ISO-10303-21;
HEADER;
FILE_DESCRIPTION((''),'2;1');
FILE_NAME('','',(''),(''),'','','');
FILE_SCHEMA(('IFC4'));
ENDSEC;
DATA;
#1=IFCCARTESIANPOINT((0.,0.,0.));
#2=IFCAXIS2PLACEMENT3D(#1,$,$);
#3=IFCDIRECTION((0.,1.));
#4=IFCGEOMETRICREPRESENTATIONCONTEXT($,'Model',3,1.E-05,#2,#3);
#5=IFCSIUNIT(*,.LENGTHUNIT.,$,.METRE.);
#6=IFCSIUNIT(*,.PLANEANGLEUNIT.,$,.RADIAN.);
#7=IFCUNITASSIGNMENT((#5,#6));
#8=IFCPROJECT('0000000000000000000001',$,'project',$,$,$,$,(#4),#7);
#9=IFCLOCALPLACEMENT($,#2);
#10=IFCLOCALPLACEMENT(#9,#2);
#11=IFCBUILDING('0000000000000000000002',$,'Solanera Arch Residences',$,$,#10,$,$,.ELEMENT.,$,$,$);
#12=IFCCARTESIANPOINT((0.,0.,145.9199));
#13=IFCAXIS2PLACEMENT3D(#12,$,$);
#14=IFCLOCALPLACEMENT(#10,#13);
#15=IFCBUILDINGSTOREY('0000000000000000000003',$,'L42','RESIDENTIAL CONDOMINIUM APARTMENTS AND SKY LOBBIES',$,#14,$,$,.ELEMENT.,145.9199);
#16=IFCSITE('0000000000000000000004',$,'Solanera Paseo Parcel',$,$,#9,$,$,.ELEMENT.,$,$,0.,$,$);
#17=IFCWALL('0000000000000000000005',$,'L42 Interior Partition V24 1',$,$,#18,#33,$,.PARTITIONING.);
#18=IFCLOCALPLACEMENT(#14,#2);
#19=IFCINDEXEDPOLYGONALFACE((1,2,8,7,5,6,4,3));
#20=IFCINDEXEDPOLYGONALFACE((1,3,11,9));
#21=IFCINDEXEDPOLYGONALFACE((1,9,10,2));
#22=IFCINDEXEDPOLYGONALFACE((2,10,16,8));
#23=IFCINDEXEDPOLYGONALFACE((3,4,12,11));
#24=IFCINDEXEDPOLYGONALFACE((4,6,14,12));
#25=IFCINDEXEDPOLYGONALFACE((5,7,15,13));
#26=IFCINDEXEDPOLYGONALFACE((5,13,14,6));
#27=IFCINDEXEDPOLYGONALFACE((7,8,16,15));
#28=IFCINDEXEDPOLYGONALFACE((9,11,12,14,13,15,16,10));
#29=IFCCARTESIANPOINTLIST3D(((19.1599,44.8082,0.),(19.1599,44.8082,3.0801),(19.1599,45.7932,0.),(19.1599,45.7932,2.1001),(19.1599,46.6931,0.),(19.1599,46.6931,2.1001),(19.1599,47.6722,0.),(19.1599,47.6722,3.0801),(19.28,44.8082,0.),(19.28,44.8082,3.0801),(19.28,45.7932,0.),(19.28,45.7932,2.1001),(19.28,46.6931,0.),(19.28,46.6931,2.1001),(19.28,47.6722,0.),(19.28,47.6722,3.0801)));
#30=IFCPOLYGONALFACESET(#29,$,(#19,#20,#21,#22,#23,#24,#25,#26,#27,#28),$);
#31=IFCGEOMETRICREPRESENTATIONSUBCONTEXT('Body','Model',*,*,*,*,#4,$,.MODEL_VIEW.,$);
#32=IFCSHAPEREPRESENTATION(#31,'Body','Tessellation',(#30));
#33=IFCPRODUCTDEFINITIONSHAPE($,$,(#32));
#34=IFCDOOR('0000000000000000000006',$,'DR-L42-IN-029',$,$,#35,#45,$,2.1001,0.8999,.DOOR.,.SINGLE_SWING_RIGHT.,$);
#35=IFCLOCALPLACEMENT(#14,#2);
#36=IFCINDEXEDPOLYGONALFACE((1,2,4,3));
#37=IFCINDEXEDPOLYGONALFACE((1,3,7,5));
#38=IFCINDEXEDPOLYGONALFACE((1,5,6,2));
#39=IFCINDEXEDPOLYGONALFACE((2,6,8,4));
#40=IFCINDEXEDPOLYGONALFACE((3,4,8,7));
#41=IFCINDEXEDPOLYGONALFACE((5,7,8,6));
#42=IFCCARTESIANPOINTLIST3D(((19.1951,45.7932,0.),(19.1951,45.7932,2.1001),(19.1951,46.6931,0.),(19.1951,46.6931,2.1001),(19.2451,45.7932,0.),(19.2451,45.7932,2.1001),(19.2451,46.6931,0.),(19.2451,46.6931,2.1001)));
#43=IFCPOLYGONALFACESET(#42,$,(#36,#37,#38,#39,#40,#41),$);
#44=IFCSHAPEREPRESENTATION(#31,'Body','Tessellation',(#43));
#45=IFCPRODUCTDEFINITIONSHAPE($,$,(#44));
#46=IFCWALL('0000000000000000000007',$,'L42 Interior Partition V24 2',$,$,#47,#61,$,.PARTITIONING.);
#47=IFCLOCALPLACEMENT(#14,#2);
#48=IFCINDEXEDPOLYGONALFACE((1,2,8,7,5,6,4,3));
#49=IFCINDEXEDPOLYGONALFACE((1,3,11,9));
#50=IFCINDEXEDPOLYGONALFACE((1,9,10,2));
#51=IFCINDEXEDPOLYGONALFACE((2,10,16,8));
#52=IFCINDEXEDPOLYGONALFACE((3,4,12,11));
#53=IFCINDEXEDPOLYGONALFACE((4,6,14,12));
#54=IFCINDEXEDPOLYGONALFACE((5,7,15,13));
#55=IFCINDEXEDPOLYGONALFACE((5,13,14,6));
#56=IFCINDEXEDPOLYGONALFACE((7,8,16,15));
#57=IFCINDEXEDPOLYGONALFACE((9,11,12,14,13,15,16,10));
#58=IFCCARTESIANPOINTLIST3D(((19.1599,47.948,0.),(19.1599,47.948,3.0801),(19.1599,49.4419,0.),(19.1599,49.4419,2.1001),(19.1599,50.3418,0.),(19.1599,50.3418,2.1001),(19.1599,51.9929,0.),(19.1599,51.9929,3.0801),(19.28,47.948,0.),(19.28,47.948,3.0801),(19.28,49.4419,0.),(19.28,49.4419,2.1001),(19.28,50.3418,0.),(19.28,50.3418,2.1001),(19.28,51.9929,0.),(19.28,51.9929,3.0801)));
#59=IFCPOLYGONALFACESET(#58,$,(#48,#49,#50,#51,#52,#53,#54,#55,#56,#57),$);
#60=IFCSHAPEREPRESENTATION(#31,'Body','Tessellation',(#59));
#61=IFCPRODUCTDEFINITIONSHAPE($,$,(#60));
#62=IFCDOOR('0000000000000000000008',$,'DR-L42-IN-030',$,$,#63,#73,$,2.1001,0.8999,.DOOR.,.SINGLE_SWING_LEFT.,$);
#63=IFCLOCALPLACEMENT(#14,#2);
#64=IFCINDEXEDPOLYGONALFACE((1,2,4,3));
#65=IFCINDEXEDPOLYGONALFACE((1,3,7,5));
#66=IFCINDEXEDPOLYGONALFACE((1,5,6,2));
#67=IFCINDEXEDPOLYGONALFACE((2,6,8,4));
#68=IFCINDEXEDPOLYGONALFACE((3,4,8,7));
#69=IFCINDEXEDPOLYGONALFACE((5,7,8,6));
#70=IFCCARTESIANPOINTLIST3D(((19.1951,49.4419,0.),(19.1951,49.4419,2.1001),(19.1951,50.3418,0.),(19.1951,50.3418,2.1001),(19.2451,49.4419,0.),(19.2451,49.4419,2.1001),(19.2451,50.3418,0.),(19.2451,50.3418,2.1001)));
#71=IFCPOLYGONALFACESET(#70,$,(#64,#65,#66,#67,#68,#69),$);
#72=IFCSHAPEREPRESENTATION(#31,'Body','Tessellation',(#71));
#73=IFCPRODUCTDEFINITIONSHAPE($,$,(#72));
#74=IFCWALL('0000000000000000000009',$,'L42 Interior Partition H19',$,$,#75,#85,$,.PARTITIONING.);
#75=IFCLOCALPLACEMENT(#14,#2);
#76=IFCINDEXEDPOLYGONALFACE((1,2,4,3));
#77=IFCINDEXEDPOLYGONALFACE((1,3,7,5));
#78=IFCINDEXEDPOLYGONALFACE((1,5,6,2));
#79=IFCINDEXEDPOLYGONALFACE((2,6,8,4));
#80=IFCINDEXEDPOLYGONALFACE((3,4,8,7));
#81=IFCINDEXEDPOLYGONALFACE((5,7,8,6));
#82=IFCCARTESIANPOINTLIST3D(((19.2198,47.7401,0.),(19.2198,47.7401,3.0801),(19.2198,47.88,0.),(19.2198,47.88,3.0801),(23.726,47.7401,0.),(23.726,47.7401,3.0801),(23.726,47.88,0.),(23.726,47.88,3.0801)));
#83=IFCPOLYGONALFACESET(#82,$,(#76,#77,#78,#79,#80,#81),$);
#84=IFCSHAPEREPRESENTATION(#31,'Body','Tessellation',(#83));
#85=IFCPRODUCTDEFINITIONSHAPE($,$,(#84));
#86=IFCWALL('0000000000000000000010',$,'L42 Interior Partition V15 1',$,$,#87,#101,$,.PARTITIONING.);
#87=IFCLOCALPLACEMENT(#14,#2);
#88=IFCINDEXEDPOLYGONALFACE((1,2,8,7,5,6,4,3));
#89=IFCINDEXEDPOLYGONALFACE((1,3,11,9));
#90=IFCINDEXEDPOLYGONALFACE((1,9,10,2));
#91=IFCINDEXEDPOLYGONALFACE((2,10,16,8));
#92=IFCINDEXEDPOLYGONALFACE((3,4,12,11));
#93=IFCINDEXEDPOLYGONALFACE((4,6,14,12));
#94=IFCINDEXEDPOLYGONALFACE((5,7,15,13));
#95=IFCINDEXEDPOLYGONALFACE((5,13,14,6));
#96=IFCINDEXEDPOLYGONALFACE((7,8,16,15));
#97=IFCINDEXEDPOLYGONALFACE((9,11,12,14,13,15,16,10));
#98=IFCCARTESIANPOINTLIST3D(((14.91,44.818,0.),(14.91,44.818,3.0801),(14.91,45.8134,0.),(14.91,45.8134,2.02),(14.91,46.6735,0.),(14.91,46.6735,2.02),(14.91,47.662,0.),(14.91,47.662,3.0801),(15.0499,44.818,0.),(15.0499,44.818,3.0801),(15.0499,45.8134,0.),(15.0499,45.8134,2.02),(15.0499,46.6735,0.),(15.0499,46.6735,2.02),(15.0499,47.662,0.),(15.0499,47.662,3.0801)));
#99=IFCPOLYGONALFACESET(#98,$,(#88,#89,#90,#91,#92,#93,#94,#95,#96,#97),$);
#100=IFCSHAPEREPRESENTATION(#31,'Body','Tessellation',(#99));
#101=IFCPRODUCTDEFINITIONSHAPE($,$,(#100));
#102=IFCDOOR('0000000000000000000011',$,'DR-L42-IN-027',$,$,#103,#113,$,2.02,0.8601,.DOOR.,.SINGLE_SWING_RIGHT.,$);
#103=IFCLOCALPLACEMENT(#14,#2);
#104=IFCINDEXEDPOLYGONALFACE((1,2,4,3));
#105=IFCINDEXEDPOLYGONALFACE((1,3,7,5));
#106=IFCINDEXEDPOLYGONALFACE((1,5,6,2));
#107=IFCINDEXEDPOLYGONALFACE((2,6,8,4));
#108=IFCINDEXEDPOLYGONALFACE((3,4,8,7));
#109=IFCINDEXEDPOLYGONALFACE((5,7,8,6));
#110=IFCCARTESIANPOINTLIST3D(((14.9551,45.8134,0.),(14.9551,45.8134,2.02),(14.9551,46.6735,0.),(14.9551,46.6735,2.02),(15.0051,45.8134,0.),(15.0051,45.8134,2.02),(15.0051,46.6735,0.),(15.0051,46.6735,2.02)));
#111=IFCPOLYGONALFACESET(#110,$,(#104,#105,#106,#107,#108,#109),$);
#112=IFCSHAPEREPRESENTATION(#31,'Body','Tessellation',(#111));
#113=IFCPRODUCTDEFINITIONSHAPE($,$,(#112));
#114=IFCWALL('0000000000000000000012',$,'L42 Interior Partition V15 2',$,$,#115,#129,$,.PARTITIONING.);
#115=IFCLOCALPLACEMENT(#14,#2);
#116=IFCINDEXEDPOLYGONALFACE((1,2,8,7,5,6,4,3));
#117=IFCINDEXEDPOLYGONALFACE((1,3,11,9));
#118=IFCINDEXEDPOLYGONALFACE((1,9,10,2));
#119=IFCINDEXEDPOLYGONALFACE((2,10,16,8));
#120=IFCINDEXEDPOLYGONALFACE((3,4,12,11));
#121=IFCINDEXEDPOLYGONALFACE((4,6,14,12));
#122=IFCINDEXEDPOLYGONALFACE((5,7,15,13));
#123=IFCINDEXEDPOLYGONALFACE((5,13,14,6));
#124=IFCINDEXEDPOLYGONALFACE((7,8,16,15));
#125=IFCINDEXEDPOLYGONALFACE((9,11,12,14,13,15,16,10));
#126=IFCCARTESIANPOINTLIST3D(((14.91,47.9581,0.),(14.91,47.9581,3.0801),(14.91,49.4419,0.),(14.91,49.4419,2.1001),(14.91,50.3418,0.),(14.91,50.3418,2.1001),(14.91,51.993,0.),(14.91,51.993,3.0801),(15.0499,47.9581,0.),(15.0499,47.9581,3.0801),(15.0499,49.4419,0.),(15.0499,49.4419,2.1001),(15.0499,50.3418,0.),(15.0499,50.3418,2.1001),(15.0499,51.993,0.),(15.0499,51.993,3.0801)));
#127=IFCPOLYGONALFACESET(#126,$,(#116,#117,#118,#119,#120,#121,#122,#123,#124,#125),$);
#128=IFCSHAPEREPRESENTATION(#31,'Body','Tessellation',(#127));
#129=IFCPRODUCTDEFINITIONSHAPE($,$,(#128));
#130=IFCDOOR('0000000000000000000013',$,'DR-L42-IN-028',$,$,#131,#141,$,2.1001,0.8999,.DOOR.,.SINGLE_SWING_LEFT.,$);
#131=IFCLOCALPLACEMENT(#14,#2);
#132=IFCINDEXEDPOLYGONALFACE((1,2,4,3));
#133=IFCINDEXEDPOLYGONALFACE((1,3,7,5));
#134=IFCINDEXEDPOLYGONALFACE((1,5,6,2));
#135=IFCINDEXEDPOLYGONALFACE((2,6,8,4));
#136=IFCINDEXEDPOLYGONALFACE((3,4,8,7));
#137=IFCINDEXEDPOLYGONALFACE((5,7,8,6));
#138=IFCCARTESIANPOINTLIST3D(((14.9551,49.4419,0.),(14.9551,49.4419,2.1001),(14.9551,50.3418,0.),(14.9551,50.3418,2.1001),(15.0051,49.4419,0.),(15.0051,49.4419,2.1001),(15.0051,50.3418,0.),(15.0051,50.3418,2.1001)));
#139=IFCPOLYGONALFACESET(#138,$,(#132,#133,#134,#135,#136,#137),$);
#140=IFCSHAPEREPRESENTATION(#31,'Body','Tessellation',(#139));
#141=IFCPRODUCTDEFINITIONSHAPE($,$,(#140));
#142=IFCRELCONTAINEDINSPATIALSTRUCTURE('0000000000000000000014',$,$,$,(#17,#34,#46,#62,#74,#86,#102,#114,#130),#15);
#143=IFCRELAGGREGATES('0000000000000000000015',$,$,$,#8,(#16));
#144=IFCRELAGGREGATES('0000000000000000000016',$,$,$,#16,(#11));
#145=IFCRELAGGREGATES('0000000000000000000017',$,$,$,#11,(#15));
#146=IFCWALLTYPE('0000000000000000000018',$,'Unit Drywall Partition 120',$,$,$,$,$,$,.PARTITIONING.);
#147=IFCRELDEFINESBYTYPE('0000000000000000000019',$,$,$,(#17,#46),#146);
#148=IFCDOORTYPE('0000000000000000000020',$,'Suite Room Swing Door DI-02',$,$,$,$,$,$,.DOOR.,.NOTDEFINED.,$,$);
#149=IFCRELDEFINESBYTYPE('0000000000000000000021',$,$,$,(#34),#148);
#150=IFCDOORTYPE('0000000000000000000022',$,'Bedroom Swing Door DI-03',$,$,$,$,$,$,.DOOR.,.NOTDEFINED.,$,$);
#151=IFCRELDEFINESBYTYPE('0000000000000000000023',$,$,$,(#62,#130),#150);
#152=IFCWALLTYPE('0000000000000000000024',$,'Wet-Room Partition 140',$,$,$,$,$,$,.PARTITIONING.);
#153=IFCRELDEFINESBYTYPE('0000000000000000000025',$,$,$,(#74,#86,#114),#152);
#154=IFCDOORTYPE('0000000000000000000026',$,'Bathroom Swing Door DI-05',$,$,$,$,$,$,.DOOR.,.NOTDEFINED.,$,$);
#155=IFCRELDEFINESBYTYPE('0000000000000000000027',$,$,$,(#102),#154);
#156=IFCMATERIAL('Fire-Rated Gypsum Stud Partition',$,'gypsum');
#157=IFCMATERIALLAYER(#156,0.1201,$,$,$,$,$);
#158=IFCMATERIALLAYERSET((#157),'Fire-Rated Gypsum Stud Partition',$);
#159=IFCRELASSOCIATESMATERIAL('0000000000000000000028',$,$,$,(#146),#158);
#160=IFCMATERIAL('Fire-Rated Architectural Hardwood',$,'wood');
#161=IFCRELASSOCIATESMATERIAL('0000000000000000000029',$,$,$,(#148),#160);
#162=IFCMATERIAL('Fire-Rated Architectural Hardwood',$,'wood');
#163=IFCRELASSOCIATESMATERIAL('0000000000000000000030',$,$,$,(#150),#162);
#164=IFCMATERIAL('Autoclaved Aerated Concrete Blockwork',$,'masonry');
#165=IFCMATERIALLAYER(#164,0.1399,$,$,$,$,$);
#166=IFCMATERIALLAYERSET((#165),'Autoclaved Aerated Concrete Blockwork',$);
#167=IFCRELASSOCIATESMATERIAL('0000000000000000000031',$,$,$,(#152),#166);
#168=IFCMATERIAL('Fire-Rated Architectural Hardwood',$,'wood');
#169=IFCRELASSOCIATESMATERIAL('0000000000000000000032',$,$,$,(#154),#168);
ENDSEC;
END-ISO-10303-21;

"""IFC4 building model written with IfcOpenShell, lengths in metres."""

from ifc_helpers import new_model, si_unit, direction, frame, frame_2d, origin, place, context, subcontext, project, spatial, rectangle, extrude, material, layer, layer_set, type_object, element, fill, save


model = new_model("IFC4")

# Units and contexts
model_context = context("Model", 3, precision=1e-05, world=origin(), true_north=direction((0.0, 1.0)))
body_context = subcontext(model_context, "Body", "Model", "MODEL_VIEW")
ifc_project = project(units=[si_unit("LENGTHUNIT", "METRE"), si_unit("PLANEANGLEUNIT", "RADIAN")], contexts=[model_context])

# Site, building, storey
site_placement = place(None, origin())
site = spatial("IfcSite", under=ifc_project, at=site_placement, Name="Solanera Paseo Parcel", CompositionType="ELEMENT", RefElevation=0.0)
building_placement = place(site_placement, origin())
building = spatial("IfcBuilding", under=site, at=building_placement, Name="Solanera Arch Residences", CompositionType="ELEMENT")
storey_placement = place(building_placement, frame((0.0, 0.0, 145.9199)))
storey = spatial("IfcBuildingStorey", under=building, at=storey_placement, Name="L42", Description="RESIDENTIAL CONDOMINIUM APARTMENTS AND SKY LOBBIES", CompositionType="ELEMENT", Elevation=145.9199)

# Walls, openings, doors
ifc_material_1 = material(Name="Fire-Rated Gypsum Stud Partition", Category="gypsum")
ifc_layer_1 = layer(ifc_material_1, 0.1201)
ifc_layer_set_1 = layer_set([ifc_layer_1], Name="Fire-Rated Gypsum Stud Partition")
wall_type_1 = type_object("IfcWallType", Name="Unit Drywall Partition 120", PredefinedType="PARTITIONING", material=ifc_layer_set_1)
wall_1_placement = place(storey_placement, frame((19.22, 44.8081, 0.0), z_axis=(0.0, 0.0, 1.0), x_axis=(0.0, 1.0, 0.0)))
wall_1 = element("IfcWall", 1, at=wall_1_placement, inside=storey, type_object=wall_type_1, Name="L42 Interior Partition V24 1", PredefinedType="PARTITIONING", context=body_context, shape_type="SweptSolid", body=[
    extrude(rectangle(XDim=2.864, YDim=0.1201, at=frame_2d((1.4321, 0.0))), origin(), (0.0, 0.0, 1.0), 3.0801),
])
opening_1_placement = place(wall_1_placement, frame((0.9851, 0.0, 0.0)))
opening_1 = element("IfcOpeningElement", 2, at=opening_1_placement, cuts=wall_1, PredefinedType="OPENING", context=body_context, shape_type="SweptSolid", body=[
    extrude(rectangle(XDim=0.8999, YDim=2.1001, at=frame_2d((0.45, 1.05))), frame((0.0, 0.0701, 0.0), z_axis=(0.0, -1.0, 0.0), x_axis=(1.0, 0.0, 0.0)), (0.0, 0.0, 1.0), 0.1401),
])
ifc_material_2 = material(Name="Fire-Rated Architectural Hardwood", Category="wood")
door_type_1 = type_object("IfcDoorType", Name="Suite Room Swing Door DI-02", OperationType="NOTDEFINED", PredefinedType="DOOR", material=ifc_material_2)
door_1_placement = place(opening_1_placement, origin())
door_1 = element("IfcDoor", 3, at=door_1_placement, inside=storey, type_object=door_type_1, Name="DR-L42-IN-029", OperationType="SINGLE_SWING_RIGHT", OverallHeight=2.1001, OverallWidth=0.8999, PredefinedType="DOOR", context=body_context, shape_type="SweptSolid", body=[
    extrude(rectangle(XDim=0.8999, YDim=2.1001, at=frame_2d((0.45, 1.05))), frame((0.0, 0.0249, 0.0), z_axis=(0.0, -1.0, 0.0), x_axis=(1.0, 0.0, 0.0)), (0.0, 0.0, 1.0), 0.05),
])
fill(opening_1, door_1)
wall_2_placement = place(storey_placement, frame((19.22, 47.948, 0.0), z_axis=(0.0, 0.0, 1.0), x_axis=(0.0, 1.0, 0.0)))
wall_2 = element("IfcWall", 4, at=wall_2_placement, inside=storey, type_object=wall_type_1, Name="L42 Interior Partition V24 2", PredefinedType="PARTITIONING", context=body_context, shape_type="SweptSolid", body=[
    extrude(rectangle(XDim=4.0449, YDim=0.1201, at=frame_2d((2.0225, 0.0))), origin(), (0.0, 0.0, 1.0), 3.0801),
])
opening_2_placement = place(wall_2_placement, frame((1.4939, 0.0, 0.0)))
opening_2 = element("IfcOpeningElement", 5, at=opening_2_placement, cuts=wall_2, PredefinedType="OPENING", context=body_context, shape_type="SweptSolid", body=[
    extrude(rectangle(XDim=0.8999, YDim=2.1001, at=frame_2d((0.45, 1.05))), frame((0.0, 0.0701, 0.0), z_axis=(0.0, -1.0, 0.0), x_axis=(1.0, 0.0, 0.0)), (0.0, 0.0, 1.0), 0.1401),
])
ifc_material_3 = material(Name="Fire-Rated Architectural Hardwood", Category="wood")
door_type_2 = type_object("IfcDoorType", Name="Bedroom Swing Door DI-03", OperationType="NOTDEFINED", PredefinedType="DOOR", material=ifc_material_3)
door_2_placement = place(opening_2_placement, origin())
door_2 = element("IfcDoor", 6, at=door_2_placement, inside=storey, type_object=door_type_2, Name="DR-L42-IN-030", OperationType="SINGLE_SWING_LEFT", OverallHeight=2.1001, OverallWidth=0.8999, PredefinedType="DOOR", context=body_context, shape_type="SweptSolid", body=[
    extrude(rectangle(XDim=0.8999, YDim=2.1001, at=frame_2d((0.45, 1.05))), frame((0.0, 0.0249, 0.0), z_axis=(0.0, -1.0, 0.0), x_axis=(1.0, 0.0, 0.0)), (0.0, 0.0, 1.0), 0.05),
])
fill(opening_2, door_2)

# Wall
ifc_material_4 = material(Name="Autoclaved Aerated Concrete Blockwork", Category="masonry")
ifc_layer_2 = layer(ifc_material_4, 0.1399)
ifc_layer_set_2 = layer_set([ifc_layer_2], Name="Autoclaved Aerated Concrete Blockwork")
wall_type_2 = type_object("IfcWallType", Name="Wet-Room Partition 140", PredefinedType="PARTITIONING", material=ifc_layer_set_2)
wall_3_placement = place(storey_placement, frame((19.22, 47.8101, 0.0), z_axis=(0.0, 0.0, 1.0), x_axis=(1.0, 0.0, 0.0)))
element("IfcWall", 7, at=wall_3_placement, inside=storey, type_object=wall_type_2, Name="L42 Interior Partition H19", PredefinedType="PARTITIONING", context=body_context, shape_type="SweptSolid", body=[
    extrude(rectangle(XDim=4.5061, YDim=0.1399, at=frame_2d((2.2529, 0.0))), origin(), (0.0, 0.0, 1.0), 3.0801),
])

# Walls, openings, doors
wall_4_placement = place(storey_placement, frame((14.98, 44.8181, 0.0), z_axis=(0.0, 0.0, 1.0), x_axis=(0.0, 1.0, 0.0)))
wall_4 = element("IfcWall", 8, at=wall_4_placement, inside=storey, type_object=wall_type_2, Name="L42 Interior Partition V15 1", PredefinedType="PARTITIONING", context=body_context, shape_type="SweptSolid", body=[
    extrude(rectangle(XDim=2.844, YDim=0.1399, at=frame_2d((1.4219, 0.0))), origin(), (0.0, 0.0, 1.0), 3.0801),
])
opening_3_placement = place(wall_4_placement, frame((0.9951, 0.0, 0.0)))
opening_3 = element("IfcOpeningElement", 9, at=opening_3_placement, cuts=wall_4, PredefinedType="OPENING", context=body_context, shape_type="SweptSolid", body=[
    extrude(rectangle(XDim=0.8601, YDim=2.02, at=frame_2d((0.4302, 1.01))), frame((0.0, 0.0798, 0.0), z_axis=(0.0, -1.0, 0.0), x_axis=(1.0, 0.0, 0.0)), (0.0, 0.0, 1.0), 0.1599),
])
ifc_material_5 = material(Name="Fire-Rated Architectural Hardwood", Category="wood")
door_type_3 = type_object("IfcDoorType", Name="Bathroom Swing Door DI-05", OperationType="NOTDEFINED", PredefinedType="DOOR", material=ifc_material_5)
door_3_placement = place(opening_3_placement, origin())
door_3 = element("IfcDoor", 10, at=door_3_placement, inside=storey, type_object=door_type_3, Name="DR-L42-IN-027", OperationType="SINGLE_SWING_RIGHT", OverallHeight=2.02, OverallWidth=0.8601, PredefinedType="DOOR", context=body_context, shape_type="SweptSolid", body=[
    extrude(rectangle(XDim=0.8601, YDim=2.02, at=frame_2d((0.4302, 1.01))), frame((0.0, 0.0249, 0.0), z_axis=(0.0, -1.0, 0.0), x_axis=(1.0, 0.0, 0.0)), (0.0, 0.0, 1.0), 0.05),
])
fill(opening_3, door_3)
wall_5_placement = place(storey_placement, frame((14.98, 47.958, 0.0), z_axis=(0.0, 0.0, 1.0), x_axis=(0.0, 1.0, 0.0)))
wall_5 = element("IfcWall", 11, at=wall_5_placement, inside=storey, type_object=wall_type_2, Name="L42 Interior Partition V15 2", PredefinedType="PARTITIONING", context=body_context, shape_type="SweptSolid", body=[
    extrude(rectangle(XDim=4.0349, YDim=0.1399, at=frame_2d((2.0176, 0.0))), origin(), (0.0, 0.0, 1.0), 3.0801),
])
opening_4_placement = place(wall_5_placement, frame((1.4839, 0.0, 0.0)))
opening_4 = element("IfcOpeningElement", 12, at=opening_4_placement, cuts=wall_5, PredefinedType="OPENING", context=body_context, shape_type="SweptSolid", body=[
    extrude(rectangle(XDim=0.8999, YDim=2.1001, at=frame_2d((0.45, 1.05))), frame((0.0, 0.0798, 0.0), z_axis=(0.0, -1.0, 0.0), x_axis=(1.0, 0.0, 0.0)), (0.0, 0.0, 1.0), 0.1599),
])
door_4_placement = place(opening_4_placement, origin())
door_4 = element("IfcDoor", 13, at=door_4_placement, inside=storey, type_object=door_type_2, Name="DR-L42-IN-028", OperationType="SINGLE_SWING_LEFT", OverallHeight=2.1001, OverallWidth=0.8999, PredefinedType="DOOR", context=body_context, shape_type="SweptSolid", body=[
    extrude(rectangle(XDim=0.8999, YDim=2.1001, at=frame_2d((0.45, 1.05))), frame((0.0, 0.0249, 0.0), z_axis=(0.0, -1.0, 0.0), x_axis=(1.0, 0.0, 0.0)), (0.0, 0.0, 1.0), 0.05),
])
fill(opening_4, door_4)

save(model, "model.ifc")
